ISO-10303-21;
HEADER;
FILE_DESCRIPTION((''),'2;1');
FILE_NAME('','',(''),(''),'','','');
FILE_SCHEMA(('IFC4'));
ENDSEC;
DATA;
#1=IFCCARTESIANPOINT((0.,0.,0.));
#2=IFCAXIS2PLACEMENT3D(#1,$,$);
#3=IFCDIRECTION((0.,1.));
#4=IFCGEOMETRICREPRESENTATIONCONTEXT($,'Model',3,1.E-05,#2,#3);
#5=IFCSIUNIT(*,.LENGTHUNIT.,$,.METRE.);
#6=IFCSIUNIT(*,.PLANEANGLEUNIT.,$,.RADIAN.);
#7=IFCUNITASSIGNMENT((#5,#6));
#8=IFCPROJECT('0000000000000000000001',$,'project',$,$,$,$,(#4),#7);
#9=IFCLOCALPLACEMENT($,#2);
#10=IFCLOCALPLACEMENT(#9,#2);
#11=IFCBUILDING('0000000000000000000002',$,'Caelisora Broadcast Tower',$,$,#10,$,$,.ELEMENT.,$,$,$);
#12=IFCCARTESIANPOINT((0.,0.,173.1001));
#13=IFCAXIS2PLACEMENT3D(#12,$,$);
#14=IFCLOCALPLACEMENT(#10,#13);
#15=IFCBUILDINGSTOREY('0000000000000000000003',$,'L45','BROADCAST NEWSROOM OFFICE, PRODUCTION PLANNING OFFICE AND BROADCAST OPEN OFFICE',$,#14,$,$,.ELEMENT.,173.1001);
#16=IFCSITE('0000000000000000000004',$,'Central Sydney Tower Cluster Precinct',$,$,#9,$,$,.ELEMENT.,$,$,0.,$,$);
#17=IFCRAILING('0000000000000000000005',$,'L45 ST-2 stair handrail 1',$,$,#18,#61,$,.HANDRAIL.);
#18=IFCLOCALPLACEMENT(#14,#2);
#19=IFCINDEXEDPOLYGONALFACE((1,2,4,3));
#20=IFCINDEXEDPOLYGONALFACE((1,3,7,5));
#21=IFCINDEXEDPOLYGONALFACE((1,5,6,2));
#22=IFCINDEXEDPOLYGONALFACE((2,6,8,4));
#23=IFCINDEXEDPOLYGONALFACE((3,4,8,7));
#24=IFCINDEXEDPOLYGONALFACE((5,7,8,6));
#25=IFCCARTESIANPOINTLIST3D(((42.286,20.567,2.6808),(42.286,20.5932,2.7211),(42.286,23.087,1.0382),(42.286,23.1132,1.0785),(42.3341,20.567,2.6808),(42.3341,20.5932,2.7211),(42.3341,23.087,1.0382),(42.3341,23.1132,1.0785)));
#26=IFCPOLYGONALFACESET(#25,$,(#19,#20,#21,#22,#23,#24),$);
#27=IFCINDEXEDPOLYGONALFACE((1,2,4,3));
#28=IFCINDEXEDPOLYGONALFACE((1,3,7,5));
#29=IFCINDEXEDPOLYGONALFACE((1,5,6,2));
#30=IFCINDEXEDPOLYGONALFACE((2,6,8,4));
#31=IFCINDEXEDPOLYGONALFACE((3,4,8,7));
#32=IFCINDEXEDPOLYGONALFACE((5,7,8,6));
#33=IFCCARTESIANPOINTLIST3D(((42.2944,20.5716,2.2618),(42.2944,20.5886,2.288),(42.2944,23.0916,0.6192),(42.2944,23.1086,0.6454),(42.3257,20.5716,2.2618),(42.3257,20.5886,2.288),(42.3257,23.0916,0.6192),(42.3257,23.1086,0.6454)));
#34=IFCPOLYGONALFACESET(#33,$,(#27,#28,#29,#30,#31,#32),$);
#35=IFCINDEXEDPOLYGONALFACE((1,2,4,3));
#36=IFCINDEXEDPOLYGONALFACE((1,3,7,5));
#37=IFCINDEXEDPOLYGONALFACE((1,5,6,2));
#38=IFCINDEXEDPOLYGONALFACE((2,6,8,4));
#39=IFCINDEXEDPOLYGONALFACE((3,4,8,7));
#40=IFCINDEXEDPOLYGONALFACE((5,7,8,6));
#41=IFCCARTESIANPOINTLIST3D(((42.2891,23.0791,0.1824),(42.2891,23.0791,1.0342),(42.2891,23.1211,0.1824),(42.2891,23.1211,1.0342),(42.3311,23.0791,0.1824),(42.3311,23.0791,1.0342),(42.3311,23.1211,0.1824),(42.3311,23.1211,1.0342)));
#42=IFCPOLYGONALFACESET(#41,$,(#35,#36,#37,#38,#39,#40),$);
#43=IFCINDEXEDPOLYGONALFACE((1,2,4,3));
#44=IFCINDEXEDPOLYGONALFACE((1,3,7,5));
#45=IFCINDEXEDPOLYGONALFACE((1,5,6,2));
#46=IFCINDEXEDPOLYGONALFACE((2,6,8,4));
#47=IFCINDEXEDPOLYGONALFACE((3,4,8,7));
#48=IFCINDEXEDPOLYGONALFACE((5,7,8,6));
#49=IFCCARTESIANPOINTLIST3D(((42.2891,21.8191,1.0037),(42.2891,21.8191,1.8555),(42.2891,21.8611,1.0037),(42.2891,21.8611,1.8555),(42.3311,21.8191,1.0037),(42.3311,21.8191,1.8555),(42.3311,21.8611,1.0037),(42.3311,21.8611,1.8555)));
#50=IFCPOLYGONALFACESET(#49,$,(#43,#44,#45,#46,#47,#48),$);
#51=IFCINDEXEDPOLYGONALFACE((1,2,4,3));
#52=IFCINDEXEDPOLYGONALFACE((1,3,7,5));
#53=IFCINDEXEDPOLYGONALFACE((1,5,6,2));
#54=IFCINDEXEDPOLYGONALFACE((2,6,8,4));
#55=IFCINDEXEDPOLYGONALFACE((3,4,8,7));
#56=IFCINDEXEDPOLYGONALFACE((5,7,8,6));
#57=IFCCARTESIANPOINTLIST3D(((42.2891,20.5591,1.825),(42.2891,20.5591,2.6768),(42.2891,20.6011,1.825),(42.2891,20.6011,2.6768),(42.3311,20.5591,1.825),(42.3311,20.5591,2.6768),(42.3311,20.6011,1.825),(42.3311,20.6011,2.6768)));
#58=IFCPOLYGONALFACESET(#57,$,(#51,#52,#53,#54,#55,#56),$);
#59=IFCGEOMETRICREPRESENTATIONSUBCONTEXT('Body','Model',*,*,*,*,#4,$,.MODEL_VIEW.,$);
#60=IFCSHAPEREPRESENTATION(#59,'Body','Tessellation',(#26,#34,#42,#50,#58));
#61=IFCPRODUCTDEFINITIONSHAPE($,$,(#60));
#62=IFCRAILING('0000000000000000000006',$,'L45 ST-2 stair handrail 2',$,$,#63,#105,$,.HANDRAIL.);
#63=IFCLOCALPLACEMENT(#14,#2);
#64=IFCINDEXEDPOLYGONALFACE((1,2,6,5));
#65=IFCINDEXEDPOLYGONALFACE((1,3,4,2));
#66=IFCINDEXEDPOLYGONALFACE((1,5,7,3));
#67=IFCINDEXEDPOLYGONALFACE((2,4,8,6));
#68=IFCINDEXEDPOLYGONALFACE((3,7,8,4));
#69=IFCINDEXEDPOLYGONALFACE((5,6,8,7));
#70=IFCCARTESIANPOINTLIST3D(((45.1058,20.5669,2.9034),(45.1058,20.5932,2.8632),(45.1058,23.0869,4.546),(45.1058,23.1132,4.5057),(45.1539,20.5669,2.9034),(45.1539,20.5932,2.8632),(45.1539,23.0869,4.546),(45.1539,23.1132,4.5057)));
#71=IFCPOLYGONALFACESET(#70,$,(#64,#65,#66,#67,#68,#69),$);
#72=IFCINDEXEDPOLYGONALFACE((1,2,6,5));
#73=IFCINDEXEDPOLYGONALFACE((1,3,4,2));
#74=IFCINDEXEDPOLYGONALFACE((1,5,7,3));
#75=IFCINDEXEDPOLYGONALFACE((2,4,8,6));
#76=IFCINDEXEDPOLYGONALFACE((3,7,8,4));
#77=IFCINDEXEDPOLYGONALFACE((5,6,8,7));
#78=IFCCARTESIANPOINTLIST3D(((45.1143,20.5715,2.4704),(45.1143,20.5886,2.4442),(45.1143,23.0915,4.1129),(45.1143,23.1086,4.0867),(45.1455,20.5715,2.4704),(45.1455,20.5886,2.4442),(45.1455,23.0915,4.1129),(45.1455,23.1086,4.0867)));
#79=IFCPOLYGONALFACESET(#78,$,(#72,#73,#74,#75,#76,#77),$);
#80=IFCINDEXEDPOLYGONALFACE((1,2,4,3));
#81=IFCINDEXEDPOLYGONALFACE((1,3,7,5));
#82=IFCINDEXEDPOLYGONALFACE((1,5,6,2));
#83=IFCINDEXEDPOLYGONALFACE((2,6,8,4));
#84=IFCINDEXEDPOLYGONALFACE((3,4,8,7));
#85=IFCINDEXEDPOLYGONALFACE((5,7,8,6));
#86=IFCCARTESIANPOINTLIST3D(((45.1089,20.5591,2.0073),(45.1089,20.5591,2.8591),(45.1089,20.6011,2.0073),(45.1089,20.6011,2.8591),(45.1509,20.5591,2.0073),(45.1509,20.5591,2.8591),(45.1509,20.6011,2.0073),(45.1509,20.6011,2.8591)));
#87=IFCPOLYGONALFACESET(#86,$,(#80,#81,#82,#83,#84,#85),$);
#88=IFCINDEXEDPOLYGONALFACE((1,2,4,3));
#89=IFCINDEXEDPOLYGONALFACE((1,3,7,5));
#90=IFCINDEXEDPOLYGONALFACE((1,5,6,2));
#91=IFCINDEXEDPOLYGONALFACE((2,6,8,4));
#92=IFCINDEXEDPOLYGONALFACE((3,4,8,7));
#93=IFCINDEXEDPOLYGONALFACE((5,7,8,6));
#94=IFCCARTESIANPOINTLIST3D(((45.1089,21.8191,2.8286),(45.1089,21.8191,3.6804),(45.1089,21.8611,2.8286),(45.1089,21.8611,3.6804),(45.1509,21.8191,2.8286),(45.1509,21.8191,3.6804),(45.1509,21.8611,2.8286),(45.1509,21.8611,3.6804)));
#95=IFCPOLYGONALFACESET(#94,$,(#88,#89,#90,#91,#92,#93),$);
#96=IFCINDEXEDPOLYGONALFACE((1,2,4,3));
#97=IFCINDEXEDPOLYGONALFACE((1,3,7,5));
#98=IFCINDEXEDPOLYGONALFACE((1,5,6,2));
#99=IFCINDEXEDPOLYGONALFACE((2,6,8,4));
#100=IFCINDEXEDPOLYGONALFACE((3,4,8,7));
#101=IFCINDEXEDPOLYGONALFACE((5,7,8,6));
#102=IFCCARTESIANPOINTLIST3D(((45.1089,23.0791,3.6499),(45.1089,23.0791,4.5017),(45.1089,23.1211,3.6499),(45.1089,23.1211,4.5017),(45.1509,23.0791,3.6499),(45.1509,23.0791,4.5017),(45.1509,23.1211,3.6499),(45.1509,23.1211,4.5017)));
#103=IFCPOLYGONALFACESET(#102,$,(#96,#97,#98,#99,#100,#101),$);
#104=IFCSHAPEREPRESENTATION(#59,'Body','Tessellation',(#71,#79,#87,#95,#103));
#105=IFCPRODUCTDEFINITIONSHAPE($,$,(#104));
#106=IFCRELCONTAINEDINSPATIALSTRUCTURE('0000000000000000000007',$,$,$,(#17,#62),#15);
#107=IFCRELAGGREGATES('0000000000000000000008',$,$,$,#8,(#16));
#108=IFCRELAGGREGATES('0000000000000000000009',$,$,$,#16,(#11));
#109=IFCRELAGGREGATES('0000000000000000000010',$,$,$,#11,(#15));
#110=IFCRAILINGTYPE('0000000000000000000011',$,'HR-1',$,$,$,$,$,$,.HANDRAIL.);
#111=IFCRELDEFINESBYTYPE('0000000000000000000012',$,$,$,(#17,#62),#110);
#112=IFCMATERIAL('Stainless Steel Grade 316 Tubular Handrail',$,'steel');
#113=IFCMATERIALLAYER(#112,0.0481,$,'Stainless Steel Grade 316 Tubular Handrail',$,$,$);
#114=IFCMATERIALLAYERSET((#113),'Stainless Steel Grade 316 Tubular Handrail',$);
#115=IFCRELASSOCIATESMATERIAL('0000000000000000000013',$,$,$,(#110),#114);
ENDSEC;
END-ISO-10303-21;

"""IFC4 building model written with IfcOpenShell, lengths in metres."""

from ifc_helpers import new_model, si_unit, direction, frame, origin, origin_2d, place, context, subcontext, project, spatial, rectangle, extrude, material, layer, layer_set, type_object, element, save


model = new_model("IFC4")

# Units and contexts
model_context = context("Model", 3, precision=1e-05, world=origin(), true_north=direction((0.0, 1.0)))
body_context = subcontext(model_context, "Body", "Model", "MODEL_VIEW")
ifc_project = project(units=[si_unit("LENGTHUNIT", "METRE"), si_unit("PLANEANGLEUNIT", "RADIAN")], contexts=[model_context])

# Site, building, storey
site_placement = place(None, origin())
site = spatial("IfcSite", under=ifc_project, at=site_placement, Name="Central Sydney Tower Cluster Precinct", CompositionType="ELEMENT", RefElevation=0.0)
building_placement = place(site_placement, origin())
building = spatial("IfcBuilding", under=site, at=building_placement, Name="Caelisora Broadcast Tower", CompositionType="ELEMENT")
storey_placement = place(building_placement, frame((0.0, 0.0, 173.1001)))
storey = spatial("IfcBuildingStorey", under=building, at=storey_placement, Name="L45", Description="BROADCAST NEWSROOM OFFICE, PRODUCTION PLANNING OFFICE AND BROADCAST OPEN OFFICE", CompositionType="ELEMENT", Elevation=173.1001)

# Railings
ifc_material_1 = material(Name="Stainless Steel Grade 316 Tubular Handrail", Category="steel")
ifc_layer_1 = layer(ifc_material_1, 0.0481, Name="Stainless Steel Grade 316 Tubular Handrail")
ifc_layer_set_1 = layer_set([ifc_layer_1], Name="Stainless Steel Grade 316 Tubular Handrail")
railing_type_1 = type_object("IfcRailingType", Name="HR-1", PredefinedType="HANDRAIL", material=ifc_layer_set_1)
railing_1_placement = place(storey_placement, frame((42.3101, 23.1001, 0.1824)))
element("IfcRailing", 1, at=railing_1_placement, inside=storey, type_object=railing_type_1, Name="L45 ST-2 stair handrail 1", PredefinedType="HANDRAIL", context=body_context, shape_type="SweptSolid", body=[
    extrude(rectangle(XDim=0.0481, YDim=0.0481, at=origin_2d()), frame((0.0, 0.0, 0.876), z_axis=(0.0, -0.837749, 0.546055), x_axis=(1.0, 0.0, 0.0)), (0.0, 0.0, 1.0), 3.0081),
    extrude(rectangle(XDim=0.0312, YDim=0.0312, at=origin_2d()), frame((0.0, 0.0, 0.45), z_axis=(0.0, -0.837749, 0.546055), x_axis=(1.0, 0.0, 0.0)), (0.0, 0.0, 1.0), 3.0081),
    extrude(rectangle(XDim=0.042, YDim=0.042, at=origin_2d()), origin(), (0.0, 0.0, 1.0), 0.8518),
    extrude(rectangle(XDim=0.042, YDim=0.042, at=origin_2d()), frame((0.0, -1.26, 0.8213)), (0.0, 0.0, 1.0), 0.8518),
    extrude(rectangle(XDim=0.042, YDim=0.042, at=origin_2d()), frame((0.0, -2.52, 1.6426)), (0.0, 0.0, 1.0), 0.8518),
])
railing_2_placement = place(storey_placement, frame((45.1299, 20.5801, 2.0073)))
element("IfcRailing", 2, at=railing_2_placement, inside=storey, type_object=railing_type_1, Name="L45 ST-2 stair handrail 2", PredefinedType="HANDRAIL", context=body_context, shape_type="SweptSolid", body=[
    extrude(rectangle(XDim=0.0481, YDim=0.0481, at=origin_2d()), frame((0.0, 0.0, 0.876), z_axis=(0.0, 0.837749, 0.546055), x_axis=(-1.0, 0.0, 0.0)), (0.0, 0.0, 1.0), 3.0081),
    extrude(rectangle(XDim=0.0312, YDim=0.0312, at=origin_2d()), frame((0.0, 0.0, 0.45), z_axis=(0.0, 0.837749, 0.546055), x_axis=(-1.0, 0.0, 0.0)), (0.0, 0.0, 1.0), 3.0081),
    extrude(rectangle(XDim=0.042, YDim=0.042, at=origin_2d()), origin(), (0.0, 0.0, 1.0), 0.8518),
    extrude(rectangle(XDim=0.042, YDim=0.042, at=origin_2d()), frame((0.0, 1.26, 0.8213)), (0.0, 0.0, 1.0), 0.8518),
    extrude(rectangle(XDim=0.042, YDim=0.042, at=origin_2d()), frame((0.0, 2.52, 1.6426)), (0.0, 0.0, 1.0), 0.8518),
])

save(model, "model.ifc")
